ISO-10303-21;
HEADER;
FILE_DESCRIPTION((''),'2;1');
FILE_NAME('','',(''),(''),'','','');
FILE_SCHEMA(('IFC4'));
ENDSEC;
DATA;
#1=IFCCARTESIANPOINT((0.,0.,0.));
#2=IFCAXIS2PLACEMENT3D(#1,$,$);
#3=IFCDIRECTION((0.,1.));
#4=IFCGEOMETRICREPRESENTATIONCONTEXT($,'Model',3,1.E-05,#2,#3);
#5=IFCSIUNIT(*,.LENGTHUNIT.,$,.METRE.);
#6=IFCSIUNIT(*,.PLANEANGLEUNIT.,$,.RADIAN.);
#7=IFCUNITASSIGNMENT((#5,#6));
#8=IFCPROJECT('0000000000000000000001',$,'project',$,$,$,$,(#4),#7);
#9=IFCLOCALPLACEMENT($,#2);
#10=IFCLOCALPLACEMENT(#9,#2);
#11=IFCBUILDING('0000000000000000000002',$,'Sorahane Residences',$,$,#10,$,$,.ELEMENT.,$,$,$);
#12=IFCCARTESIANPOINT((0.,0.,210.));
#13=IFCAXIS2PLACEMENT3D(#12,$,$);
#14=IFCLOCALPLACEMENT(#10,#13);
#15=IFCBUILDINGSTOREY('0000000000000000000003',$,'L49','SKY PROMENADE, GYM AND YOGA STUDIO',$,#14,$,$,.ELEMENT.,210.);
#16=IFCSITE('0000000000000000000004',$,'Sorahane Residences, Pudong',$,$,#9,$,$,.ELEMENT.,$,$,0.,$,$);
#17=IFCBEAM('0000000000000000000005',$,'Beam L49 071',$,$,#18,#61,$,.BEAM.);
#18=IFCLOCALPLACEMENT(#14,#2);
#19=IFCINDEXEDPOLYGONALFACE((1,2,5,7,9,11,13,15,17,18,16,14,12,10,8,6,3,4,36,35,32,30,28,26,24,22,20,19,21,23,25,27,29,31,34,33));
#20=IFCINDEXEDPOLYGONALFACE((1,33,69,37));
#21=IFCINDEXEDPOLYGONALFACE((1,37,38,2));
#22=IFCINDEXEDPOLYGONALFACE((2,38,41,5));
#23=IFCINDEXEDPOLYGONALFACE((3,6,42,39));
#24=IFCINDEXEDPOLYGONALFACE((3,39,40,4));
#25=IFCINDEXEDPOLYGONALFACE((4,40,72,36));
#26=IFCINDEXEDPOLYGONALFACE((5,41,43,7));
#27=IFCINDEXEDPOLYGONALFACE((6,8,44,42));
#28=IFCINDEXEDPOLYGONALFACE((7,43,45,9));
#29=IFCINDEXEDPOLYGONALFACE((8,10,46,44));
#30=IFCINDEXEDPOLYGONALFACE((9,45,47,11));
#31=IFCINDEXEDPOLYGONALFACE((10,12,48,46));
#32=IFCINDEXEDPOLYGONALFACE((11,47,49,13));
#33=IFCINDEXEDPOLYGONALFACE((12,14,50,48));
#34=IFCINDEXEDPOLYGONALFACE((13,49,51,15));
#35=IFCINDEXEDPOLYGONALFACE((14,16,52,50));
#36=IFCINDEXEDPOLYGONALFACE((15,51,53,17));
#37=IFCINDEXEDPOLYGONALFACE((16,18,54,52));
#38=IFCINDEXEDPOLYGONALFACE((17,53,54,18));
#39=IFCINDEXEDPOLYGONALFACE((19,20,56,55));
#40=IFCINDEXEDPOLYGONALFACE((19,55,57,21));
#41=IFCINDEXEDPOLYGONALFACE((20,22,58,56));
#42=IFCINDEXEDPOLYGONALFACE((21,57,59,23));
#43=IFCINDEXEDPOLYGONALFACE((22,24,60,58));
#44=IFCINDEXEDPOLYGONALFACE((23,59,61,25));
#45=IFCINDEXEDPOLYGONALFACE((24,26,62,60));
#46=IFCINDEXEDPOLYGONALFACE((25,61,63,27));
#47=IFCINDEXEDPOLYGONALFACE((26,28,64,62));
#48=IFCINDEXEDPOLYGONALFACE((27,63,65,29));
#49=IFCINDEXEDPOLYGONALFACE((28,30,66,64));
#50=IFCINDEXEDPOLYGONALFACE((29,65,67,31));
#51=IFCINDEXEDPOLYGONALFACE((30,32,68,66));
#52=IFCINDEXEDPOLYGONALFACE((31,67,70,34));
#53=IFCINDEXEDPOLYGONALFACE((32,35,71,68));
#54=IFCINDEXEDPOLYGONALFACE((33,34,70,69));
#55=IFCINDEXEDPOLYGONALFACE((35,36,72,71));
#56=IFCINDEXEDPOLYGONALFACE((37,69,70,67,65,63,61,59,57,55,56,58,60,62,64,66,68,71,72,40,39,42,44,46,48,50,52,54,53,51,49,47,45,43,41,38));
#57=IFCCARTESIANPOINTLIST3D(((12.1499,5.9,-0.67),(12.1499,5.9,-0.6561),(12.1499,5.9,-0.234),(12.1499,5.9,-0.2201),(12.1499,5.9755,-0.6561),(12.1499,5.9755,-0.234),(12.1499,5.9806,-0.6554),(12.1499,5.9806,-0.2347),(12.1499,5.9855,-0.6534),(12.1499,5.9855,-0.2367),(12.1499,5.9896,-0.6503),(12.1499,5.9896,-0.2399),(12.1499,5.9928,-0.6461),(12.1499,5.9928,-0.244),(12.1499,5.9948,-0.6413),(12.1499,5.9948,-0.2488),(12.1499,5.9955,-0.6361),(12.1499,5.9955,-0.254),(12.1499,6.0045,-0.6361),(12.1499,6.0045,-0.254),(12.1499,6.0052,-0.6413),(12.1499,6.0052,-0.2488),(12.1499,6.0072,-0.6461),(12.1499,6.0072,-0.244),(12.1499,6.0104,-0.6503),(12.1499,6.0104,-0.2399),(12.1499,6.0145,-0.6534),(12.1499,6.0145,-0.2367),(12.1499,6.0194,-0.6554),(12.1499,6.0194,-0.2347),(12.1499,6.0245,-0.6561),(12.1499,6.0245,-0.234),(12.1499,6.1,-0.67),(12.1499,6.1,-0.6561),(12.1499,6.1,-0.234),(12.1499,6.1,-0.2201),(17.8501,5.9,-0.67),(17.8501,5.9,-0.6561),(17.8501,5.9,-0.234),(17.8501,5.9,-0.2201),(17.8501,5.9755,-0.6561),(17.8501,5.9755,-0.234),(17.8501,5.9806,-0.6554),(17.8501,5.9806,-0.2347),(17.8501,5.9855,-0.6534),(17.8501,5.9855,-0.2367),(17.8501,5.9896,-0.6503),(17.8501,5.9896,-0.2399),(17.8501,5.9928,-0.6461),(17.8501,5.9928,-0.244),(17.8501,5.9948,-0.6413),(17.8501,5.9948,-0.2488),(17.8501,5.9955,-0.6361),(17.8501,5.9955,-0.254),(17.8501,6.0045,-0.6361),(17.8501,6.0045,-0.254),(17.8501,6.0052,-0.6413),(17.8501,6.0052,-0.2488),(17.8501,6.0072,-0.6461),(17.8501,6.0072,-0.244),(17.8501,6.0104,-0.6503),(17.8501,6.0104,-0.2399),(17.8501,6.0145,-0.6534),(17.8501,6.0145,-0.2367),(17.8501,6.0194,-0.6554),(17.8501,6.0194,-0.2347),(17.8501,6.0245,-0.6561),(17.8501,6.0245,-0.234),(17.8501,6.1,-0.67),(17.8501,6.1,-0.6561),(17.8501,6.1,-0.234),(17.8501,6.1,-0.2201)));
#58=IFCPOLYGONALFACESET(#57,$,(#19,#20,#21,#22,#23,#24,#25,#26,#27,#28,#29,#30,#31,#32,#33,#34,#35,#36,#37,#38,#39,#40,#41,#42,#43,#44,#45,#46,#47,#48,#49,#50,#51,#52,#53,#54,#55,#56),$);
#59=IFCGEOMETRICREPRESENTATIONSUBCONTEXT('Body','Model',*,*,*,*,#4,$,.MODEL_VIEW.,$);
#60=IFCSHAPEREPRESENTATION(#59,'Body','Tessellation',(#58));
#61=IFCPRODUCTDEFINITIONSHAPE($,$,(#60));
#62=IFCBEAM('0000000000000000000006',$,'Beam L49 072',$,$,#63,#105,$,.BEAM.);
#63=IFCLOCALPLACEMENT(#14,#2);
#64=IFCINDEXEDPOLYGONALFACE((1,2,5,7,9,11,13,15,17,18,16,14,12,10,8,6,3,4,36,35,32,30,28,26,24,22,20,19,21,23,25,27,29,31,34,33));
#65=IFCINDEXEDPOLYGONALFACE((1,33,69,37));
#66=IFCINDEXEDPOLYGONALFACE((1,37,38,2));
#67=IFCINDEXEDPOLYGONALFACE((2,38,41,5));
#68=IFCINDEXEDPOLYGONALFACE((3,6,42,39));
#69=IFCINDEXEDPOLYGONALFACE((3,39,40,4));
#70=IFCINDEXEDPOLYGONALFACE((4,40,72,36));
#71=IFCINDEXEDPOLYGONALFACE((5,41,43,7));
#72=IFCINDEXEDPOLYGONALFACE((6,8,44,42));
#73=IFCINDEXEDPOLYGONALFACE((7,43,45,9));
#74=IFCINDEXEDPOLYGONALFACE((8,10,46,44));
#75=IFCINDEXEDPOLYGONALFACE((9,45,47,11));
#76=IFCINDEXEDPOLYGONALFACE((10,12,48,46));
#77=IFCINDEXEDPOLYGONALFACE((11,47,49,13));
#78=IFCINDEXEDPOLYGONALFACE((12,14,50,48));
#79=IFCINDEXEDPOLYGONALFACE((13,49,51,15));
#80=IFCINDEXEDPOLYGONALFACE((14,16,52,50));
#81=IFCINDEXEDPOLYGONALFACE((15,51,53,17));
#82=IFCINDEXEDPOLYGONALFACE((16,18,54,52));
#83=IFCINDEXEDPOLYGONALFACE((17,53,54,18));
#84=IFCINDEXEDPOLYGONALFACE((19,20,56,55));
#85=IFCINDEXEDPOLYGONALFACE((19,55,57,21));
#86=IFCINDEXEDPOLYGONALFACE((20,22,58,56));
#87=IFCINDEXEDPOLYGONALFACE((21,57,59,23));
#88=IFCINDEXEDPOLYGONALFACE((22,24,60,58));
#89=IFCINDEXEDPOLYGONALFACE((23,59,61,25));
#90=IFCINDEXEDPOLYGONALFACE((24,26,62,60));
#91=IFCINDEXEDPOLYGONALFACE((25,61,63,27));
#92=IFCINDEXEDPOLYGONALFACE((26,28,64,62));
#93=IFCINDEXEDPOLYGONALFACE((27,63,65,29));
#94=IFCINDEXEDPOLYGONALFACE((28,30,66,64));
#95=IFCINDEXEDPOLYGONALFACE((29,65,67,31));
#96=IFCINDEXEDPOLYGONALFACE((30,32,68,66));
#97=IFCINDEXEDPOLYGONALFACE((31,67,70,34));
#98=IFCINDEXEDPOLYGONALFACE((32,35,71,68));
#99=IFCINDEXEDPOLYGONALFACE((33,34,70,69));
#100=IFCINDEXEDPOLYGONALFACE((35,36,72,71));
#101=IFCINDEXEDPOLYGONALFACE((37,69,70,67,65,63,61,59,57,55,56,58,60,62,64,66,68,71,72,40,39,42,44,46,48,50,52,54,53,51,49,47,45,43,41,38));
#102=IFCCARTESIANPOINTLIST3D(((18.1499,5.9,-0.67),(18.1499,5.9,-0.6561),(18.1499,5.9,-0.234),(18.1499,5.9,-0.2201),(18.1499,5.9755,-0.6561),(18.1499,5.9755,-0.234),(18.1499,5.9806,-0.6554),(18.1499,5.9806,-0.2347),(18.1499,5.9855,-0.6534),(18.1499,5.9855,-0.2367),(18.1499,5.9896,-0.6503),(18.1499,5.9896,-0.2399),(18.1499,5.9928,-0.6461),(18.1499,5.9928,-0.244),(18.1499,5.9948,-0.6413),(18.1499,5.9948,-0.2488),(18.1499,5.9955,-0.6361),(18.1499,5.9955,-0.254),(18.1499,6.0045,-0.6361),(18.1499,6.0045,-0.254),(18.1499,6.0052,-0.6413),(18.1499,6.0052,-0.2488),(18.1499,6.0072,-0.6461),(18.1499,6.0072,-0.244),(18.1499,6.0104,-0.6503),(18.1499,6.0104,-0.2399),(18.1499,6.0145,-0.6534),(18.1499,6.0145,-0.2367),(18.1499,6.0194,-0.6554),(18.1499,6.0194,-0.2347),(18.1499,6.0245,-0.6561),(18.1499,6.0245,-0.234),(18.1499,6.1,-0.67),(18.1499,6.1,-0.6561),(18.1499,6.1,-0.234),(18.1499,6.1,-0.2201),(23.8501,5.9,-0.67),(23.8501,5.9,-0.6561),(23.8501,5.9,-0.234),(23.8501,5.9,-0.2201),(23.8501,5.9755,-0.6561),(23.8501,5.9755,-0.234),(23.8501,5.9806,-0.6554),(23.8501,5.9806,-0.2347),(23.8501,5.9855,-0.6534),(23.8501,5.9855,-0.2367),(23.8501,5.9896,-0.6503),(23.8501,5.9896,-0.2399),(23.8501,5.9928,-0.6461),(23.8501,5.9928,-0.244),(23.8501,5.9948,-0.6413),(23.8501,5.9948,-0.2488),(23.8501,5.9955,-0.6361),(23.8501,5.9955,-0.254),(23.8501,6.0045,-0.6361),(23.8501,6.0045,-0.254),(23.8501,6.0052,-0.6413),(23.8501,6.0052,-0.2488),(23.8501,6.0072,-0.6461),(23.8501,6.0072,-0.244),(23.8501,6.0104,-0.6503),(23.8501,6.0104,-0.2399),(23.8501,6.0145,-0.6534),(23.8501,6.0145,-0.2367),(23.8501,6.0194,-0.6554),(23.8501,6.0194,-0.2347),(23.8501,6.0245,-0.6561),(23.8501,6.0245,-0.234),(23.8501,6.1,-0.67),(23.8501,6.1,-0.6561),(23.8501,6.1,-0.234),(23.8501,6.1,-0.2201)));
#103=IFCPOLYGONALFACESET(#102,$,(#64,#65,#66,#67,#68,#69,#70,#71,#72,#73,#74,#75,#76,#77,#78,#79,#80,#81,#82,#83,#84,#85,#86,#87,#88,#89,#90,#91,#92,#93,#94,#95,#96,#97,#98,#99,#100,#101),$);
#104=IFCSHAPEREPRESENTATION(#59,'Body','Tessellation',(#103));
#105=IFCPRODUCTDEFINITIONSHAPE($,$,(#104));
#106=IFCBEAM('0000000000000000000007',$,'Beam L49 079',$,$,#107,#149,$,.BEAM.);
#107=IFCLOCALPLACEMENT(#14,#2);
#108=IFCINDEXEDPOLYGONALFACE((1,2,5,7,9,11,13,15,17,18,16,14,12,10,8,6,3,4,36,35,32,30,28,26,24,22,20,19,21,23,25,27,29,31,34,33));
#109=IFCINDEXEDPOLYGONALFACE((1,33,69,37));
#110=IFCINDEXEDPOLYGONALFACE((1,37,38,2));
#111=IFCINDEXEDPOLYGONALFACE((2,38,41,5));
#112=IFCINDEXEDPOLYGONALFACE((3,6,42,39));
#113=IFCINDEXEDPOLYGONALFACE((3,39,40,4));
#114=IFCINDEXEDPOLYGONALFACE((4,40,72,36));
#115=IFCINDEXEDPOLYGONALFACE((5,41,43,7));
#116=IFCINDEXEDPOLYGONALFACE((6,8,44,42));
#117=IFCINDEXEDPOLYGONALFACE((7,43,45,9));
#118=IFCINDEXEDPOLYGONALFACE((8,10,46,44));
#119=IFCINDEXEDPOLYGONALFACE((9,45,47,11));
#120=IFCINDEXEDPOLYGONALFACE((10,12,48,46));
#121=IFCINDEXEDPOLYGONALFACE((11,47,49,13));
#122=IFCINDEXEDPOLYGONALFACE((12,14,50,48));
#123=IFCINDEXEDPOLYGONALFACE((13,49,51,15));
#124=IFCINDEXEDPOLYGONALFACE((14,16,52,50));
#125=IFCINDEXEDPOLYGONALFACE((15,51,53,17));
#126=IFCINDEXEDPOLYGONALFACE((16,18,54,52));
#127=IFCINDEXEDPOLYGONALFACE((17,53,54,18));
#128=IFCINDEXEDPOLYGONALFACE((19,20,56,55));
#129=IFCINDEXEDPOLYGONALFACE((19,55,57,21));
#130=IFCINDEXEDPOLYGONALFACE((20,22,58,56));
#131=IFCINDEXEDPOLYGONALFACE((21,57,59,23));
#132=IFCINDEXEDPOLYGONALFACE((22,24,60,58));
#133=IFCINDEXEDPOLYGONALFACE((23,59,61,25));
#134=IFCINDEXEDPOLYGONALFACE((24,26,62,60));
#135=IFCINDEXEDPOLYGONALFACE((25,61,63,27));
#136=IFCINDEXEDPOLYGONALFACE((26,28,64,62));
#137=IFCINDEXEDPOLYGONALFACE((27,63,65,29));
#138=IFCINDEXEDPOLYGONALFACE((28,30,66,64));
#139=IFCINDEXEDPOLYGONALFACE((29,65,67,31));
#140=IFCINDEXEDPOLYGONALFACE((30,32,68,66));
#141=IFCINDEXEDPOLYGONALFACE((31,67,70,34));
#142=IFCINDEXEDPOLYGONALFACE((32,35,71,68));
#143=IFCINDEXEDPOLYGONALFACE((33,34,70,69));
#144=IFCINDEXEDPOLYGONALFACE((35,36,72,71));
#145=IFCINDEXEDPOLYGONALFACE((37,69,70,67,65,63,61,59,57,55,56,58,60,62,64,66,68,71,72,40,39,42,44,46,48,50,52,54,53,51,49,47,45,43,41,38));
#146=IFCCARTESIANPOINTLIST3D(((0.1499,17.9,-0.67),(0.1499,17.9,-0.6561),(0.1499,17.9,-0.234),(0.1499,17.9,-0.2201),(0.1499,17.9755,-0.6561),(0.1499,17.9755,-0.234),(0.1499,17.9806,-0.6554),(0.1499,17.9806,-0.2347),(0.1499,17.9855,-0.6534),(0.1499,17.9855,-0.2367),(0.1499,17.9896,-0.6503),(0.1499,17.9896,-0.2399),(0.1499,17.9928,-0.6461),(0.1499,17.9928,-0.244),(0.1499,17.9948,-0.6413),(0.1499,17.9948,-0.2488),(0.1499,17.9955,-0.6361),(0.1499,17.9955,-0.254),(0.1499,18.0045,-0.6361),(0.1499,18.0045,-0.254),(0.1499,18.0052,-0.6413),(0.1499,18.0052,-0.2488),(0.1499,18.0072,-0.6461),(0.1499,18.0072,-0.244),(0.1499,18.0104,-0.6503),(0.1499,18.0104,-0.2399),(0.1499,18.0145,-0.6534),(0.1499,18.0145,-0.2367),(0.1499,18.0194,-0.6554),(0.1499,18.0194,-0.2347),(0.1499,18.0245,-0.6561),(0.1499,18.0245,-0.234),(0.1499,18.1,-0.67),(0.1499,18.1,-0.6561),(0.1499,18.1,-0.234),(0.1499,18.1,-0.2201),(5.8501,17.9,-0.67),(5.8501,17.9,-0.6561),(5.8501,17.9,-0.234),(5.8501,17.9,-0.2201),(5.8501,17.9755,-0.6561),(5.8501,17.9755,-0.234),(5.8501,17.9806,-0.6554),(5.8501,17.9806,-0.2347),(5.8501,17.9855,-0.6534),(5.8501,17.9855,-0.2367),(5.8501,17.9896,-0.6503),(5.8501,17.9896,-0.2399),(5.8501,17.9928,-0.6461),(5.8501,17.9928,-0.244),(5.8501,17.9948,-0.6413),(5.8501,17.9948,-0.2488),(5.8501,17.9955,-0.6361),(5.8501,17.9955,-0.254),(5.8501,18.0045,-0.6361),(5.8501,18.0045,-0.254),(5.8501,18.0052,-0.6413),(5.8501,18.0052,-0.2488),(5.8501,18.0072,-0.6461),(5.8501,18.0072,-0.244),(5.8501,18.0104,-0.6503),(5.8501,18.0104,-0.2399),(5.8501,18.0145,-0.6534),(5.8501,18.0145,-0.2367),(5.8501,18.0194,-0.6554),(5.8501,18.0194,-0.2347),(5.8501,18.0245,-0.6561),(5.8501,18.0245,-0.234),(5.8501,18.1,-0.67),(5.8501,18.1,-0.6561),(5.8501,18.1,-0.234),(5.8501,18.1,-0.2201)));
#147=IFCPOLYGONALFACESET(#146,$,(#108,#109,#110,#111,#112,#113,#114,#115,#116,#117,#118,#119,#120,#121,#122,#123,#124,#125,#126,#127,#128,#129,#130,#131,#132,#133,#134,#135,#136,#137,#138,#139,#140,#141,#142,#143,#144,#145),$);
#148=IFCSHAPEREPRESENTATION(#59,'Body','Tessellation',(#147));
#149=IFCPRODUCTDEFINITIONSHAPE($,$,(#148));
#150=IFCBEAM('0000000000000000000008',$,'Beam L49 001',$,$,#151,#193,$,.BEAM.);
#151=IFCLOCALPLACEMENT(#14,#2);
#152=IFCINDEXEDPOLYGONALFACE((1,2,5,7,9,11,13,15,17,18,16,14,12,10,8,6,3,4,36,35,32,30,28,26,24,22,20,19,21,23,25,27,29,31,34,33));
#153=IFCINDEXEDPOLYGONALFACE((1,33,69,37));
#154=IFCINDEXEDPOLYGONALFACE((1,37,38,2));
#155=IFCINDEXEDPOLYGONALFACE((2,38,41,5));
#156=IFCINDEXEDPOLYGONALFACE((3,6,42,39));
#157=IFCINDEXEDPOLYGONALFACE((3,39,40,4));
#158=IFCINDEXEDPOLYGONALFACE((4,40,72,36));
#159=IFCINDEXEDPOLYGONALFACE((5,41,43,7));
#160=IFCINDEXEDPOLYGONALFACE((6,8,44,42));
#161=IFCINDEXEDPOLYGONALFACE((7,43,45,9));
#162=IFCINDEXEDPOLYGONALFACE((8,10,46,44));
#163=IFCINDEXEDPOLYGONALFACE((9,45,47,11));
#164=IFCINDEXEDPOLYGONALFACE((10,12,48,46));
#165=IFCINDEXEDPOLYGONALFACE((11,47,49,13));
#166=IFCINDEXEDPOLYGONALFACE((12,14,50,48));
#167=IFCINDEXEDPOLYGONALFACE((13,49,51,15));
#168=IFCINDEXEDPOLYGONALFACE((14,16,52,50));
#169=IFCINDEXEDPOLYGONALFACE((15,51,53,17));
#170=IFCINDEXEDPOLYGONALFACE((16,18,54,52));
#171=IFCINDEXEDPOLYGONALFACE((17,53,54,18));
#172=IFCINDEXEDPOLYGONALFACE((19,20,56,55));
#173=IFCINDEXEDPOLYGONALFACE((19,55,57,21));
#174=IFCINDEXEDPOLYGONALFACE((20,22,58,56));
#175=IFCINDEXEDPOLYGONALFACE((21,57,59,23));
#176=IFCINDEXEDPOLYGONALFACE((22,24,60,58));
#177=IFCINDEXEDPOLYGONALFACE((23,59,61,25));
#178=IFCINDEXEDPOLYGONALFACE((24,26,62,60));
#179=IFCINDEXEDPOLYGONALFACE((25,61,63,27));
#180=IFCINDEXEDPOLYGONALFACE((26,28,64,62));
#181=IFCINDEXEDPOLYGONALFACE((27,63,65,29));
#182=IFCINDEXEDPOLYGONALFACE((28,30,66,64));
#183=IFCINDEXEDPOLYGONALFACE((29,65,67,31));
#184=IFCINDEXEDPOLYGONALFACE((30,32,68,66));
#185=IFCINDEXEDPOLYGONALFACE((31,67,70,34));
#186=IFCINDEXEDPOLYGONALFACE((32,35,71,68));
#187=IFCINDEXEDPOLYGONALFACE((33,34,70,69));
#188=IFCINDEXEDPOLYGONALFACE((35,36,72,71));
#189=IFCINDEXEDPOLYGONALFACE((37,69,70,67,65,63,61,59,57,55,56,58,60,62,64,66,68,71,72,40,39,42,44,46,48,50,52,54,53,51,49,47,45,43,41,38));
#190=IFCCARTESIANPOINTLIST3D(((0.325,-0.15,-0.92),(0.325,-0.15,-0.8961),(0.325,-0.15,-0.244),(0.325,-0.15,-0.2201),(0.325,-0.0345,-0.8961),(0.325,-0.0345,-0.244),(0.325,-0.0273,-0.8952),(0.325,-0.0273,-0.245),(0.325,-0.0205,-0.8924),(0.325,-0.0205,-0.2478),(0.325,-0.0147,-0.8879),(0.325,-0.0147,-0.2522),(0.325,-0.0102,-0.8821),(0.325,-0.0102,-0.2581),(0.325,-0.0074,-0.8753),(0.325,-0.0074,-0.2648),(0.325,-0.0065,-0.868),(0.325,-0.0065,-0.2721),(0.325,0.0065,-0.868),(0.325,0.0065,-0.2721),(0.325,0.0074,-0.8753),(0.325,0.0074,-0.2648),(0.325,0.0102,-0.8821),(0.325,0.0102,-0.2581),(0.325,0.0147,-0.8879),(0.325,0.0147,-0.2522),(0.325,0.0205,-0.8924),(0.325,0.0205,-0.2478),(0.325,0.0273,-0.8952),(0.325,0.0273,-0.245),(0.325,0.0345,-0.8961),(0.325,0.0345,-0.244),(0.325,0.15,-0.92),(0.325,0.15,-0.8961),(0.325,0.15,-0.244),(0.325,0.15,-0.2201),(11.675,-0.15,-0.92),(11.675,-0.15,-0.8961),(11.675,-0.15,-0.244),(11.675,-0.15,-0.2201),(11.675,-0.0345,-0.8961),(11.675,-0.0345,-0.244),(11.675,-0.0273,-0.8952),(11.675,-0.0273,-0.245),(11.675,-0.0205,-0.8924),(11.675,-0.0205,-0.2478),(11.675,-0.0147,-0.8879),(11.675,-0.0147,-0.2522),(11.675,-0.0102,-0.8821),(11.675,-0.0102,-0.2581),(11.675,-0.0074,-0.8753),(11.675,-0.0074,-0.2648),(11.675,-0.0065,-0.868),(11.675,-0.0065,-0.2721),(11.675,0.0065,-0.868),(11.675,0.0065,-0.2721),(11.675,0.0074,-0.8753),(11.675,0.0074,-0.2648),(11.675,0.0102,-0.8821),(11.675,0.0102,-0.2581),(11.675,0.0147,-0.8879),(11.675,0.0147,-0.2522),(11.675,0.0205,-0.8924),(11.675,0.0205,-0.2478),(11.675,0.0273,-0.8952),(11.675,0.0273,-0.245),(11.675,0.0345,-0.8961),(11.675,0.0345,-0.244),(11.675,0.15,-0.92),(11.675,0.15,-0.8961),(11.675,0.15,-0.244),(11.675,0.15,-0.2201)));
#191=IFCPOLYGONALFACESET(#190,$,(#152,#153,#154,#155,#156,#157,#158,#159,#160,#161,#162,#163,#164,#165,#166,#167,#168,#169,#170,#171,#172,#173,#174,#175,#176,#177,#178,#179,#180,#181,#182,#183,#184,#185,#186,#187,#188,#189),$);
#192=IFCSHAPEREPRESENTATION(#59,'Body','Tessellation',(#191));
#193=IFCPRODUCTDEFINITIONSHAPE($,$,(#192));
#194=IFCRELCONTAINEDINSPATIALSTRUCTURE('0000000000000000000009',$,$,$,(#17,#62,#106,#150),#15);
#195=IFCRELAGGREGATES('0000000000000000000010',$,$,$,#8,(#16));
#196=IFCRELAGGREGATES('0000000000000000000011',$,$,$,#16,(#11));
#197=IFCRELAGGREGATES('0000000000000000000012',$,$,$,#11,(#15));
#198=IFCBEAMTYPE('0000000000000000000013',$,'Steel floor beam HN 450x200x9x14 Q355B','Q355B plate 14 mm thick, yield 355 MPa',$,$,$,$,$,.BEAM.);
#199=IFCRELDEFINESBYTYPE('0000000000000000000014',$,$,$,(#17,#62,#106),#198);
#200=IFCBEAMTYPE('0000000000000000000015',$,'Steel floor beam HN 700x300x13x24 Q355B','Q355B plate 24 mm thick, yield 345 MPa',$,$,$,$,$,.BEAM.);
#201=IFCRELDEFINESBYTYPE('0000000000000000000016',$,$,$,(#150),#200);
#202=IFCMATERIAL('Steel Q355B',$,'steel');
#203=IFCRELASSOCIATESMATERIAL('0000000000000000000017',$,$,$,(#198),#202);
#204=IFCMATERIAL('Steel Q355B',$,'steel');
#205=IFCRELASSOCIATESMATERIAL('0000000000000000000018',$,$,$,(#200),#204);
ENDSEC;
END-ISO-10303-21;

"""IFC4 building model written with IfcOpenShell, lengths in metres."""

from ifc_helpers import new_model, si_unit, direction, frame, origin, origin_2d, place, context, subcontext, project, spatial, i_section, extrude, material, material_profile, profile_set, type_object, element, save


model = new_model("IFC4")

# Units and contexts
model_context = context("Model", 3, precision=1e-05, world=origin(), true_north=direction((0.0, 1.0)))
body_context = subcontext(model_context, "Body", "Model", "MODEL_VIEW")
ifc_project = project(units=[si_unit("LENGTHUNIT", "METRE"), si_unit("PLANEANGLEUNIT", "RADIAN")], contexts=[model_context])

# Site, building, storey
site_placement = place(None, origin())
site = spatial("IfcSite", under=ifc_project, at=site_placement, Name="Sorahane Residences, Pudong", CompositionType="ELEMENT", RefElevation=0.0)
building_placement = place(site_placement, origin())
building = spatial("IfcBuilding", under=site, at=building_placement, Name="Sorahane Residences", CompositionType="ELEMENT")
storey_placement = place(building_placement, frame((0.0, 0.0, 210.0)))
storey = spatial("IfcBuildingStorey", under=building, at=storey_placement, Name="L49", Description="SKY PROMENADE, GYM AND YOGA STUDIO", CompositionType="ELEMENT", Elevation=210.0)

# Beams
ifc_material_1 = material(Name="Steel Q355B", Category="steel")
ifc_material_profile_1 = material_profile(ifc_material_1, i_section(OverallWidth=0.2, OverallDepth=0.45, WebThickness=0.009, FlangeThickness=0.0139, FilletRadius=0.02, at=origin_2d()), Name="HN 450x200x9x14")
ifc_profile_set_1 = profile_set([ifc_material_profile_1], Name="Steel Q355B")
beam_type_1 = type_object("IfcBeamType", Name="Steel floor beam HN 450x200x9x14 Q355B", Description="Q355B plate 14 mm thick, yield 355 MPa", PredefinedType="BEAM", material=ifc_profile_set_1)
for number, where, z_axis, x_axis, name in (
    (1, (12.1499, 6.0, -0.4451), (1.0, 0.0, 0.0), (0.0, 1.0, 0.0), "Beam L49 071"),
    (2, (18.1499, 6.0, -0.4451), (1.0, 0.0, 0.0), (0.0, 1.0, 0.0), "Beam L49 072"),
    (3, (0.1499, 18.0, -0.4451), (1.0, 0.0, 0.0), (0.0, 1.0, 0.0), "Beam L49 079"),
):
    element("IfcBeam", number, at=place(storey_placement, frame(where, z_axis=z_axis, x_axis=x_axis)), inside=storey, type_object=beam_type_1, Name=name, PredefinedType="BEAM", context=body_context, shape_type="SweptSolid", body=[
        extrude(i_section(OverallWidth=0.2, OverallDepth=0.45, WebThickness=0.009, FlangeThickness=0.0139, FilletRadius=0.02, at=origin_2d()), origin(), (0.0, 0.0, 1.0), 5.7002),
    ])
ifc_material_2 = material(Name="Steel Q355B", Category="steel")
ifc_material_profile_2 = material_profile(ifc_material_2, i_section(OverallWidth=0.3, OverallDepth=0.7, WebThickness=0.0129, FlangeThickness=0.0239, FilletRadius=0.0281, at=origin_2d()), Name="HN 700x300x13x24")
ifc_profile_set_2 = profile_set([ifc_material_profile_2], Name="Steel Q355B")
beam_type_2 = type_object("IfcBeamType", Name="Steel floor beam HN 700x300x13x24 Q355B", Description="Q355B plate 24 mm thick, yield 345 MPa", PredefinedType="BEAM", material=ifc_profile_set_2)
for number, where, z_axis, x_axis, name in (
    (4, (0.325, 0.0, -0.5701), (1.0, 0.0, 0.0), (0.0, 1.0, 0.0), "Beam L49 001"),
):
    element("IfcBeam", number, at=place(storey_placement, frame(where, z_axis=z_axis, x_axis=x_axis)), inside=storey, type_object=beam_type_2, Name=name, PredefinedType="BEAM", context=body_context, shape_type="SweptSolid", body=[
        extrude(i_section(OverallWidth=0.3, OverallDepth=0.7, WebThickness=0.0129, FlangeThickness=0.0239, FilletRadius=0.0281, at=origin_2d()), origin(), (0.0, 0.0, 1.0), 11.3501),
    ])

save(model, "model.ifc")
